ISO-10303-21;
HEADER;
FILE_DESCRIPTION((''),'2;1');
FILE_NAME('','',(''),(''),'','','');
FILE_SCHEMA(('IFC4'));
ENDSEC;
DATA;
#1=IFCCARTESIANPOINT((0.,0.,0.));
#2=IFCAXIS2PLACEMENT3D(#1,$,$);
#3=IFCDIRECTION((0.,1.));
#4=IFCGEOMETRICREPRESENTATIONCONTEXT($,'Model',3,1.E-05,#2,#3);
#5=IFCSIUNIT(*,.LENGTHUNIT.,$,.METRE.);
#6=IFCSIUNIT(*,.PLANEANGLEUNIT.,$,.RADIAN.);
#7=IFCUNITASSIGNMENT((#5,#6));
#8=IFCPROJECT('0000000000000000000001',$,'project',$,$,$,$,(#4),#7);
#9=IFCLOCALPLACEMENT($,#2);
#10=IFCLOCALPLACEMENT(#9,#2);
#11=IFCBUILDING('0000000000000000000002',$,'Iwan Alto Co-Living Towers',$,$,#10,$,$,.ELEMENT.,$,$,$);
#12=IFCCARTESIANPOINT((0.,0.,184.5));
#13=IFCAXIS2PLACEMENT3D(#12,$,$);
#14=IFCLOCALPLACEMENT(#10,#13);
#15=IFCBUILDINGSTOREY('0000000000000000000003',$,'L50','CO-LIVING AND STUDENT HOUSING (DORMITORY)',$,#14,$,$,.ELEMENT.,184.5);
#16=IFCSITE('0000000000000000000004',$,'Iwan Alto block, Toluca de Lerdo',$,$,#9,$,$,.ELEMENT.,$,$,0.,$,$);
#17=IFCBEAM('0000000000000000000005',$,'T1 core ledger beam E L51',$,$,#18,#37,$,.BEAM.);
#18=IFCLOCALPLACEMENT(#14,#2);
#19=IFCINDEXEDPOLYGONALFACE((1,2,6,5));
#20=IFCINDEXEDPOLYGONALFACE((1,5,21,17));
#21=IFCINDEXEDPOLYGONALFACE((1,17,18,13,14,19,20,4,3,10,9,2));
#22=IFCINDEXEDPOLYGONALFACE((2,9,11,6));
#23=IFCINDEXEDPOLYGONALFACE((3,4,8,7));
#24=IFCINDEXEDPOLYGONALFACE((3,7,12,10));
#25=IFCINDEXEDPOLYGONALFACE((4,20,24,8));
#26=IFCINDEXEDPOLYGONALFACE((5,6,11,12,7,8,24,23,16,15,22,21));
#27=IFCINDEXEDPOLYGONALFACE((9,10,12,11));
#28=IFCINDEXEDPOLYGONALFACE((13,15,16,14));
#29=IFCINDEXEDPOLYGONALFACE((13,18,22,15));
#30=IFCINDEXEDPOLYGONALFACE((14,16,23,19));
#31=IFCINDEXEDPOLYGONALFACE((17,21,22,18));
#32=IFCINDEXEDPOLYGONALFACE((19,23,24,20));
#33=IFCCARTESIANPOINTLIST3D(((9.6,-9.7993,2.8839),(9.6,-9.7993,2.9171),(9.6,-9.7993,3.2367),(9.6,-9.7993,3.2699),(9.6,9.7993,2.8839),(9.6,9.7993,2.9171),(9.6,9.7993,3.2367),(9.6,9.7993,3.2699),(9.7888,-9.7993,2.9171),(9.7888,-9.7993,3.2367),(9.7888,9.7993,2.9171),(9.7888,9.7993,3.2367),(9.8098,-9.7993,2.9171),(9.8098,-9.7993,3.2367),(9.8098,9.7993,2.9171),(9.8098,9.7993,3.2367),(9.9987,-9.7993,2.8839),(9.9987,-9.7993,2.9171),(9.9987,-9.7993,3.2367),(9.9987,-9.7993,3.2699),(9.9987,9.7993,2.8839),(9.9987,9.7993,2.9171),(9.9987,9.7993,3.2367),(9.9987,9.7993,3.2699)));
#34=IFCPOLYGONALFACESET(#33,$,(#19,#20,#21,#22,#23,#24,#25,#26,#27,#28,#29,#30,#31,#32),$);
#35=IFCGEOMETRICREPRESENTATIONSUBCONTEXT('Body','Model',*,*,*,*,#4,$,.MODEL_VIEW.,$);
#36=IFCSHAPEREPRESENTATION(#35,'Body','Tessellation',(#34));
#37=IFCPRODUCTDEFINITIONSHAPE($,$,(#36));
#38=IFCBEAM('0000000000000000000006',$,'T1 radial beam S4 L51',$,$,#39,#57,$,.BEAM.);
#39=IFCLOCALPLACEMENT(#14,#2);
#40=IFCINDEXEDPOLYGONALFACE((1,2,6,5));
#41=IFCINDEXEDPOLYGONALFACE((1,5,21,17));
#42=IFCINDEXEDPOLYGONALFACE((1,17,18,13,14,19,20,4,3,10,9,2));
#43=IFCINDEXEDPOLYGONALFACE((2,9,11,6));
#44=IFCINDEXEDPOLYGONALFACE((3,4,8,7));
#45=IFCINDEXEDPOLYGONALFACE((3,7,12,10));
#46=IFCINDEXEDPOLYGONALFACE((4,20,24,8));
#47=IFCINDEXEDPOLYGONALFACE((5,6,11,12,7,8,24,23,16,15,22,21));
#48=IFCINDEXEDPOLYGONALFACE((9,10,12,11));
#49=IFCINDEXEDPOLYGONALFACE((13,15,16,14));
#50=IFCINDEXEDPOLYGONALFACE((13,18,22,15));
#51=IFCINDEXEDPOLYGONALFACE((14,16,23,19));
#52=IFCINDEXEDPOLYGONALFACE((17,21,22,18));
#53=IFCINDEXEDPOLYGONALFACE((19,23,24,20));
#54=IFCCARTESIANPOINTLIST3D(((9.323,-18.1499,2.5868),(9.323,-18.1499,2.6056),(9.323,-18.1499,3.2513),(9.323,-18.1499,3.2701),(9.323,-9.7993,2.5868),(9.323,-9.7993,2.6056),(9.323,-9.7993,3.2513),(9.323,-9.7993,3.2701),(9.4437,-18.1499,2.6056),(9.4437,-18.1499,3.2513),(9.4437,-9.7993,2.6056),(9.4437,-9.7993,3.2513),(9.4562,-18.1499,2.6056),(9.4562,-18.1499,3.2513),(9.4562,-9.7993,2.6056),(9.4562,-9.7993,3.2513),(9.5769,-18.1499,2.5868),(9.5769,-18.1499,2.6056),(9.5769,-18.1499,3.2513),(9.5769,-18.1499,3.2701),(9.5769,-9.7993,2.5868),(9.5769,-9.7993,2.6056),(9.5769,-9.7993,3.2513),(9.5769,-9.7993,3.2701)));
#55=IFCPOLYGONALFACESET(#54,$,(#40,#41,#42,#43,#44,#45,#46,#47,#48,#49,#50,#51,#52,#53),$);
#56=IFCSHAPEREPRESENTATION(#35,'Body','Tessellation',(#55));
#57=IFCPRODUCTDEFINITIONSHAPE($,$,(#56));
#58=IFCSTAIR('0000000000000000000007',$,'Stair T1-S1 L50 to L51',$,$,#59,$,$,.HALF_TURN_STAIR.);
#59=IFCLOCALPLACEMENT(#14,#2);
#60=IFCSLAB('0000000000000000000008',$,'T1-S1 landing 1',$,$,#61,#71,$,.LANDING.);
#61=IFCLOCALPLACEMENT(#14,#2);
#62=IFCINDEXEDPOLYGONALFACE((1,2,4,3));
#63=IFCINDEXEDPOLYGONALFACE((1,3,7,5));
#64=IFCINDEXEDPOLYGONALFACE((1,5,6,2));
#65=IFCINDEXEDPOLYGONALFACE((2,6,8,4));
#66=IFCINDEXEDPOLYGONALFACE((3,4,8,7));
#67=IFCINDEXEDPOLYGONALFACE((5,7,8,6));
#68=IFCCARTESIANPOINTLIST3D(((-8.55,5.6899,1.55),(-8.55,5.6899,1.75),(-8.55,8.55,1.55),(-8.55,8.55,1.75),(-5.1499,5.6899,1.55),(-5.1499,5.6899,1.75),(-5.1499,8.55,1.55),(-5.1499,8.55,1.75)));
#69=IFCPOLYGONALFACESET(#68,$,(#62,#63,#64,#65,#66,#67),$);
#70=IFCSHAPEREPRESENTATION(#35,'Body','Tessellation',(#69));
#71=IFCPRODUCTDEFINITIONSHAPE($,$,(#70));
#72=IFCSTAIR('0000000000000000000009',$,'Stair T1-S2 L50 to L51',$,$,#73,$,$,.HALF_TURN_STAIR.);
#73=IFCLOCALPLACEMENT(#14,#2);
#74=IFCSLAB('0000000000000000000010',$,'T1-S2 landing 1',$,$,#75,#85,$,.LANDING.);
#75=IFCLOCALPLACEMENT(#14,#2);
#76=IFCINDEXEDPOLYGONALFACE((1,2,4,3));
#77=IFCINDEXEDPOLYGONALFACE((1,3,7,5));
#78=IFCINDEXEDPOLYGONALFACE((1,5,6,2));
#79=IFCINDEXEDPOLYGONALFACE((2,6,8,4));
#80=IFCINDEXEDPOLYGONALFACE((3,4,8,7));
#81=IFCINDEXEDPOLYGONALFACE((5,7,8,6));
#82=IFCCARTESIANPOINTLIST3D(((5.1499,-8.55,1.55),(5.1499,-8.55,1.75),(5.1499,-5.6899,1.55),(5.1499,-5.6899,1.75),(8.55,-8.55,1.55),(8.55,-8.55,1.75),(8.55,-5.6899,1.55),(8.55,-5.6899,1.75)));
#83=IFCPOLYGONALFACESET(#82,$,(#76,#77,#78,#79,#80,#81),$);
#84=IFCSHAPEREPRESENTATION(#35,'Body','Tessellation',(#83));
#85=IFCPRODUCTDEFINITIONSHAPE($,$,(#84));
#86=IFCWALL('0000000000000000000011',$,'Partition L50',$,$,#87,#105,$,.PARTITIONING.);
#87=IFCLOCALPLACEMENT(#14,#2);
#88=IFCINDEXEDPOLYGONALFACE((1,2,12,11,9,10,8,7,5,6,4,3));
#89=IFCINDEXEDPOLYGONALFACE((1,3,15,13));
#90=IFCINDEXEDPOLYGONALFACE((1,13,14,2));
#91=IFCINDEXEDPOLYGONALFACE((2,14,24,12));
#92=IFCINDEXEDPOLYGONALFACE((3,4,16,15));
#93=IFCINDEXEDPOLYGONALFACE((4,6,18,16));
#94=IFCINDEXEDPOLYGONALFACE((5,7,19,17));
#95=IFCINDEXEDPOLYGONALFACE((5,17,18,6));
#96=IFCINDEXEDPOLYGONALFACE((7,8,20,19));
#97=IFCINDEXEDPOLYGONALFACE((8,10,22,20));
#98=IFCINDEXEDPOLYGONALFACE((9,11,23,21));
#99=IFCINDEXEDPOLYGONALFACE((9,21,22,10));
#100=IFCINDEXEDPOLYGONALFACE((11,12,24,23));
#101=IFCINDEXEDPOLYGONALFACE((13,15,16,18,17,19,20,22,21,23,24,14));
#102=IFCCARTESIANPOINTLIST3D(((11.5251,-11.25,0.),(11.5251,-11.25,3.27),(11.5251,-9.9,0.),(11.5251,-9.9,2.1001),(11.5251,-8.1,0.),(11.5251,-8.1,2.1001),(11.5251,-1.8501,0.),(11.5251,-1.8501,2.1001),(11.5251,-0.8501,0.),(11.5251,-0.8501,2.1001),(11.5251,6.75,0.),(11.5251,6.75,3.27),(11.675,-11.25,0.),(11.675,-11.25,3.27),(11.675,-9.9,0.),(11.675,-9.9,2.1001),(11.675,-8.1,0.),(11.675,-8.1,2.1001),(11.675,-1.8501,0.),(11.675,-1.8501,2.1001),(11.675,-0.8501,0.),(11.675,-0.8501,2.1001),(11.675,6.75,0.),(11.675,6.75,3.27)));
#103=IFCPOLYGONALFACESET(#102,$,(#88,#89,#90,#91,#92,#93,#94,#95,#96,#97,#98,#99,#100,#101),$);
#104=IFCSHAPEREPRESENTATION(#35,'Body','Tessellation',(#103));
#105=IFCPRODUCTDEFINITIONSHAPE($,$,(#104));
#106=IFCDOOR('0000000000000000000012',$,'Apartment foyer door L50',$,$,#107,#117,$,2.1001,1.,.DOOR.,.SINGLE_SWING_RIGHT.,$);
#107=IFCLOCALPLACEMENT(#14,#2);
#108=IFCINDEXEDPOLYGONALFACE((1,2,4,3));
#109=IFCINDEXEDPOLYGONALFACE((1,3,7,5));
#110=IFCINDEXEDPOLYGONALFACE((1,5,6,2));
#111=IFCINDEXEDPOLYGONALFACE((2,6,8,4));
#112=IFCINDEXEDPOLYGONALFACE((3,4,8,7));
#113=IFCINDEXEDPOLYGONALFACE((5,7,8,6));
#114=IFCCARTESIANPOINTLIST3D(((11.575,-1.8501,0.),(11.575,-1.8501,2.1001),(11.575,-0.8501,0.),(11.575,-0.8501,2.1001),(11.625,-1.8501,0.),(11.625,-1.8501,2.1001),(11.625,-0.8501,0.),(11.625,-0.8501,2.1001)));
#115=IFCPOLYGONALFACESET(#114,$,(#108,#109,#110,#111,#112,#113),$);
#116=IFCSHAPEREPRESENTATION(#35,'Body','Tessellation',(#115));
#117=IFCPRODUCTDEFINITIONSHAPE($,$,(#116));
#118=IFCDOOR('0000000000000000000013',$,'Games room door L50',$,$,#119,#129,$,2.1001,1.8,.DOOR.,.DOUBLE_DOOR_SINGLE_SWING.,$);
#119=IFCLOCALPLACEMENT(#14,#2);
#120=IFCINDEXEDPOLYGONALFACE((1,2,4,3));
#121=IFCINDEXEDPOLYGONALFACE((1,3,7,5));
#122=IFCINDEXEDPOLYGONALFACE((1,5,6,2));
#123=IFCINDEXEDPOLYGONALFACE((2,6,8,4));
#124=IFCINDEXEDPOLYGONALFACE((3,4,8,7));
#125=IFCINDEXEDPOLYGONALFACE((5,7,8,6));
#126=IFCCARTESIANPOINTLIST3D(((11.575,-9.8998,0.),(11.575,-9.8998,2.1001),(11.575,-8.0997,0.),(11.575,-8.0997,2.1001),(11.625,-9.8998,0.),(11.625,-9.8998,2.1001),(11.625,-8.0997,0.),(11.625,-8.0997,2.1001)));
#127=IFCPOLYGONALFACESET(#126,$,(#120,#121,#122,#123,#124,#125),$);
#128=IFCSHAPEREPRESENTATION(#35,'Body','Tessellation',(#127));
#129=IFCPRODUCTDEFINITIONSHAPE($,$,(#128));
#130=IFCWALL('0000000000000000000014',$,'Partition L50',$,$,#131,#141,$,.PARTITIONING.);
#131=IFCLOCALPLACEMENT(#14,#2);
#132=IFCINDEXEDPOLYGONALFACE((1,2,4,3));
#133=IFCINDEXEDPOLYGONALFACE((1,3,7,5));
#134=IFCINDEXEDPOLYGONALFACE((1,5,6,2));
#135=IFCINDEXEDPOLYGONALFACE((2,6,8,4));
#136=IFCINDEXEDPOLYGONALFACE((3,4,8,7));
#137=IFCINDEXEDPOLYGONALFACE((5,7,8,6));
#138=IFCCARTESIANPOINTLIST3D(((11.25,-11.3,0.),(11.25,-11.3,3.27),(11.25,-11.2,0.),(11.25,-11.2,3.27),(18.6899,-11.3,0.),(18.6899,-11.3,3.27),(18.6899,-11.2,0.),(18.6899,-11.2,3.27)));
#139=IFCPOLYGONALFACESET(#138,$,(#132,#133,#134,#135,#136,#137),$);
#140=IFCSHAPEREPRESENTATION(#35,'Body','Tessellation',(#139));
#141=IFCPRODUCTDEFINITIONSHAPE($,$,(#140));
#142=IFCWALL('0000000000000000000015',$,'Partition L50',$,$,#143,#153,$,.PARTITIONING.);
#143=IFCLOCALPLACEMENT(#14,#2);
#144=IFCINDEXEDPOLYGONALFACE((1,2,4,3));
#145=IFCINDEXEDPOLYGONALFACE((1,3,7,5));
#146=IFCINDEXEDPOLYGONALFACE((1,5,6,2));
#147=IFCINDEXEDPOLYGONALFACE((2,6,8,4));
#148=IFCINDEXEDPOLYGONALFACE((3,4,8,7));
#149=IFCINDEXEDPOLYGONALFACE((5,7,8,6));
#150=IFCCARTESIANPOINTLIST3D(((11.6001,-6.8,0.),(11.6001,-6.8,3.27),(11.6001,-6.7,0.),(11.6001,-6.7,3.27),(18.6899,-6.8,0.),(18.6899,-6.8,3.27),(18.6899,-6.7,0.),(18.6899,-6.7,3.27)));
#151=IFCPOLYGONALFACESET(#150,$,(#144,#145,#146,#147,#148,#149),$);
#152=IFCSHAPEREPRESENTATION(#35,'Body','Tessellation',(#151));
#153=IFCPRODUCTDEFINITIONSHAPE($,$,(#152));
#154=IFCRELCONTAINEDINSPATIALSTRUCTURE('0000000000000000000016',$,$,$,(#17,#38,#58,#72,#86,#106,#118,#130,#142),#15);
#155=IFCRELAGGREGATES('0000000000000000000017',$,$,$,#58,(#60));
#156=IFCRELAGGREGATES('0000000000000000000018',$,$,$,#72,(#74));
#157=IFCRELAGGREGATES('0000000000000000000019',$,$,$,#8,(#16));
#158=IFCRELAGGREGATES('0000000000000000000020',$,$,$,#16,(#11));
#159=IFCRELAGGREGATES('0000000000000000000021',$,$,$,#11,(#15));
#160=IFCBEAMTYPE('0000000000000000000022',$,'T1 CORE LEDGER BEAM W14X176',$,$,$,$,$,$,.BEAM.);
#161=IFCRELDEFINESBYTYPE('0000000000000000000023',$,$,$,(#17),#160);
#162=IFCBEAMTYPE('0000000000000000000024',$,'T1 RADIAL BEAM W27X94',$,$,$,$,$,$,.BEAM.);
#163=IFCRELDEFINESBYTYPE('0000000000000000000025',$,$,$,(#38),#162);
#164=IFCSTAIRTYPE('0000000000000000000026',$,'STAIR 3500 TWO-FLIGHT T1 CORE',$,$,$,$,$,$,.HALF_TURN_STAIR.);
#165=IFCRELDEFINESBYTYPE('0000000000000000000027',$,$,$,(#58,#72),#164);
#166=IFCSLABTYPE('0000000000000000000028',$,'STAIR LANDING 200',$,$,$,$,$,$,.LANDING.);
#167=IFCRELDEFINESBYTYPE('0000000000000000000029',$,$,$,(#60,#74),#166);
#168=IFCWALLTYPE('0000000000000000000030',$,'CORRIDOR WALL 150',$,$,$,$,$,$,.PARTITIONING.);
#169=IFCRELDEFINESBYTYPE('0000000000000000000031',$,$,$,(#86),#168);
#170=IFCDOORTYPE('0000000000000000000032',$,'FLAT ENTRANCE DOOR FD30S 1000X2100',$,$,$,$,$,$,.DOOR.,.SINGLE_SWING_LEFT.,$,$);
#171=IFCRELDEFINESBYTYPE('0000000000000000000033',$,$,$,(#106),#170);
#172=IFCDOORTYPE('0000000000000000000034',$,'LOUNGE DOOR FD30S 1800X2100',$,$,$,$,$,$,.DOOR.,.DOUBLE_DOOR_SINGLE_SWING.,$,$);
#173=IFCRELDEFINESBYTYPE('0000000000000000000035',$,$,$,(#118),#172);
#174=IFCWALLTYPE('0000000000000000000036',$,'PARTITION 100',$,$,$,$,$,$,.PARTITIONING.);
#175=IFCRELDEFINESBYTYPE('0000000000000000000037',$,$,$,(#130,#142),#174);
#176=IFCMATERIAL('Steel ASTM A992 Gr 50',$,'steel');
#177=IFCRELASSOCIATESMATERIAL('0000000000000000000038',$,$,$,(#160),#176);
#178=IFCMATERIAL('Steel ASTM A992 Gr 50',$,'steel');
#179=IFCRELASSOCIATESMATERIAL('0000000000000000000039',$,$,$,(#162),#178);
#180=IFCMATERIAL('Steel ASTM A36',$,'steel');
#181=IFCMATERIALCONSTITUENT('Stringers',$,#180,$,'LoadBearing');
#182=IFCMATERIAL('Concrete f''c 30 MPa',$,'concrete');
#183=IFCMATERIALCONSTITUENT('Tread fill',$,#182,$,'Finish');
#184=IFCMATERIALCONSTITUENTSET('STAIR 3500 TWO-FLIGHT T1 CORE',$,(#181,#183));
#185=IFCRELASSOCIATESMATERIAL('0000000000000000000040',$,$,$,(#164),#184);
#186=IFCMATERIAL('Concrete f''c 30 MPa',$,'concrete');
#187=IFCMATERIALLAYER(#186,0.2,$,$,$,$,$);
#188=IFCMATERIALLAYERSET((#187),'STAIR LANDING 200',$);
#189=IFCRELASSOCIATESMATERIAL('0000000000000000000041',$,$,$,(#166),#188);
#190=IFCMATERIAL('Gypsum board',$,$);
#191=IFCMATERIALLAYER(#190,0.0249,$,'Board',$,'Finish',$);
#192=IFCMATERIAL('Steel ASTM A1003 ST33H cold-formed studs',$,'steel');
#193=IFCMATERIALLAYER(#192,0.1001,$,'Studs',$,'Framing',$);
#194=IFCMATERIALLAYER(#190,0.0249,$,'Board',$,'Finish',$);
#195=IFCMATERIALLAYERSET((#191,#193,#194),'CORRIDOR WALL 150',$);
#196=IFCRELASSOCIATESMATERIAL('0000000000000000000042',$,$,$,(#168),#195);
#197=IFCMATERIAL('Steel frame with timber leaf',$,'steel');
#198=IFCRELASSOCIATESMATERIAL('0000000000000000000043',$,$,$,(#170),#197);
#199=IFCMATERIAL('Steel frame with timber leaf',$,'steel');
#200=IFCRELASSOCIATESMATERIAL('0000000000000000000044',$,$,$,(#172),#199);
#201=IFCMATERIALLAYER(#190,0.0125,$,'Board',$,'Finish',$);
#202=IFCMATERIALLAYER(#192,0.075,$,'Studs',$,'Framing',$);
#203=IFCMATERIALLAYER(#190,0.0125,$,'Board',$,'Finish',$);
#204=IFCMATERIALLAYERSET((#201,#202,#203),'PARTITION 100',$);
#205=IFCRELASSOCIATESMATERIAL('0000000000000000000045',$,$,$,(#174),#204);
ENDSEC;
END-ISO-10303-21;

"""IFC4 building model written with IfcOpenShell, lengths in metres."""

from ifc_helpers import new_model, si_unit, direction, frame, frame_2d, origin, origin_2d, place, context, subcontext, project, spatial, polyline, rectangle, i_section, outline, extrude, material, layer, layer_set, constituent, constituent_set, material_profile, profile_set, type_object, element, fill, aggregate, save


model = new_model("IFC4")

# Units and contexts
model_context = context("Model", 3, precision=1e-05, world=origin(), true_north=direction((0.0, 1.0)))
body_context = subcontext(model_context, "Body", "Model", "MODEL_VIEW")
ifc_project = project(units=[si_unit("LENGTHUNIT", "METRE"), si_unit("PLANEANGLEUNIT", "RADIAN")], contexts=[model_context])

# Site, building, storey
site_placement = place(None, origin())
site = spatial("IfcSite", under=ifc_project, at=site_placement, Name="Iwan Alto block, Toluca de Lerdo", CompositionType="ELEMENT", RefElevation=0.0)
building_placement = place(site_placement, origin())
building = spatial("IfcBuilding", under=site, at=building_placement, Name="Iwan Alto Co-Living Towers", CompositionType="ELEMENT")
storey_placement = place(building_placement, frame((0.0, 0.0, 184.5)))
storey = spatial("IfcBuildingStorey", under=building, at=storey_placement, Name="L50", Description="CO-LIVING AND STUDENT HOUSING (DORMITORY)", CompositionType="ELEMENT", Elevation=184.5)

# Beams
ifc_material_1 = material(Name="Steel ASTM A992 Gr 50", Category="steel")
ifc_material_profile_1 = material_profile(ifc_material_1, i_section(OverallWidth=0.3987, OverallDepth=0.386, WebThickness=0.021, FlangeThickness=0.0332, at=origin_2d()), Name="W14X176")
ifc_profile_set_1 = profile_set([ifc_material_profile_1], Name="Steel ASTM A992 Gr 50")
beam_type_1 = type_object("IfcBeamType", Name="T1 CORE LEDGER BEAM W14X176", PredefinedType="BEAM", material=ifc_profile_set_1)
beam_1_placement = place(storey_placement, frame((9.7993, -9.7993, 3.0769), z_axis=(0.0, 1.0, 0.0), x_axis=(-1.0, 0.0, 0.0)))
element("IfcBeam", 1, at=beam_1_placement, inside=storey, type_object=beam_type_1, Name="T1 core ledger beam E L51", PredefinedType="BEAM", context=body_context, shape_type="SweptSolid", body=[
    extrude(i_section(OverallWidth=0.3987, OverallDepth=0.386, WebThickness=0.021, FlangeThickness=0.0332, at=origin_2d()), origin(), (0.0, 0.0, 1.0), 19.5986),
])
ifc_material_2 = material(Name="Steel ASTM A992 Gr 50", Category="steel")
ifc_material_profile_2 = material_profile(ifc_material_2, i_section(OverallWidth=0.2539, OverallDepth=0.6833, WebThickness=0.0125, FlangeThickness=0.0188, at=origin_2d()), Name="W27X94")
ifc_profile_set_2 = profile_set([ifc_material_profile_2], Name="Steel ASTM A992 Gr 50")
beam_type_2 = type_object("IfcBeamType", Name="T1 RADIAL BEAM W27X94", PredefinedType="BEAM", material=ifc_profile_set_2)
beam_2_placement = place(storey_placement, frame((9.45, -18.1499, 2.9285), z_axis=(0.0, 1.0, 0.0), x_axis=(-1.0, 0.0, 0.0)))
element("IfcBeam", 2, at=beam_2_placement, inside=storey, type_object=beam_type_2, Name="T1 radial beam S4 L51", PredefinedType="BEAM", context=body_context, shape_type="SweptSolid", body=[
    extrude(i_section(OverallWidth=0.2539, OverallDepth=0.6833, WebThickness=0.0125, FlangeThickness=0.0188, at=origin_2d()), origin(), (0.0, 0.0, 1.0), 8.3506),
])

# Stairs, slabs
ifc_material_3 = material(Name="Steel ASTM A36", Category="steel")
ifc_constituent_1 = constituent(ifc_material_3, Name="Stringers", Category="LoadBearing")
ifc_material_4 = material(Name="Concrete f'c 30 MPa", Category="concrete")
ifc_constituent_2 = constituent(ifc_material_4, Name="Tread fill", Category="Finish")
ifc_constituent_set_1 = constituent_set(constituents=[ifc_constituent_1, ifc_constituent_2], Name="STAIR 3500 TWO-FLIGHT T1 CORE")
stair_type = type_object("IfcStairType", Name="STAIR 3500 TWO-FLIGHT T1 CORE", PredefinedType="HALF_TURN_STAIR", material=ifc_constituent_set_1)
stair_1_placement = place(storey_placement, origin())
stair_1 = element("IfcStair", 3, at=stair_1_placement, inside=storey, type_object=stair_type, Name="Stair T1-S1 L50 to L51", PredefinedType="HALF_TURN_STAIR")
ifc_material_5 = material(Name="Concrete f'c 30 MPa", Category="concrete")
ifc_layer_1 = layer(ifc_material_5, 0.2)
ifc_layer_set_1 = layer_set([ifc_layer_1], Name="STAIR LANDING 200")
slab_type = type_object("IfcSlabType", Name="STAIR LANDING 200", PredefinedType="LANDING", material=ifc_layer_set_1)
slab_1_placement = place(storey_placement, frame((0.0, 0.0, 1.55)))
slab_1 = element("IfcSlab", 4, at=slab_1_placement, type_object=slab_type, Name="T1-S1 landing 1", PredefinedType="LANDING", context=body_context, shape_type="SweptSolid", body=[
    extrude(outline(polyline([(-8.55, 5.6899), (-8.55, 8.55), (-5.1499, 8.55), (-5.1499, 5.6899), (-8.55, 5.6899)])), origin(), (0.0, 0.0, 1.0), 0.2),
])
aggregate(stair_1, [slab_1])
stair_2_placement = place(storey_placement, origin())
stair_2 = element("IfcStair", 5, at=stair_2_placement, inside=storey, type_object=stair_type, Name="Stair T1-S2 L50 to L51", PredefinedType="HALF_TURN_STAIR")
slab_2_placement = place(storey_placement, frame((0.0, 0.0, 1.55)))
slab_2 = element("IfcSlab", 6, at=slab_2_placement, type_object=slab_type, Name="T1-S2 landing 1", PredefinedType="LANDING", context=body_context, shape_type="SweptSolid", body=[
    extrude(outline(polyline([(5.1499, -5.6899), (5.1499, -8.55), (8.55, -8.55), (8.55, -5.6899), (5.1499, -5.6899)])), origin(), (0.0, 0.0, 1.0), 0.2),
])

# Wall, openings, doors
ifc_material_6 = material(Name="Gypsum board")
ifc_layer_2 = layer(ifc_material_6, 0.0249, Name="Board", Category="Finish")
ifc_material_7 = material(Name="Steel ASTM A1003 ST33H cold-formed studs", Category="steel")
ifc_layer_3 = layer(ifc_material_7, 0.1001, Name="Studs", Category="Framing")
ifc_layer_4 = layer(ifc_material_6, 0.0249, Name="Board", Category="Finish")
ifc_layer_set_2 = layer_set([ifc_layer_2, ifc_layer_3, ifc_layer_4], Name="CORRIDOR WALL 150")
wall_type_1 = type_object("IfcWallType", Name="CORRIDOR WALL 150", PredefinedType="PARTITIONING", material=ifc_layer_set_2)
wall_1_placement = place(storey_placement, frame((11.6001, -11.25, 0.0), z_axis=(0.0, 0.0, 1.0), x_axis=(0.0, 1.0, 0.0)))
wall_1 = element("IfcWall", 7, at=wall_1_placement, inside=storey, type_object=wall_type_1, Name="Partition L50", PredefinedType="PARTITIONING", context=body_context, shape_type="SweptSolid", body=[
    extrude(rectangle(XDim=18.0, YDim=0.1499, at=frame_2d((9.0, 0.0))), origin(), (0.0, 0.0, 1.0), 3.27),
])
opening_1_placement = place(wall_1_placement, frame((1.3501, 0.0, 0.0)))
opening_1 = element("IfcOpeningElement", 8, at=opening_1_placement, cuts=wall_1, PredefinedType="OPENING", context=body_context, shape_type="SweptSolid", body=[
    extrude(rectangle(XDim=1.8, YDim=2.1001, at=frame_2d((0.8999, 1.05))), frame((0.0, 0.085, 0.0), z_axis=(0.0, -1.0, 0.0), x_axis=(1.0, 0.0, 0.0)), (0.0, 0.0, 1.0), 0.1699),
])
opening_2_placement = place(wall_1_placement, frame((9.3999, 0.0, 0.0)))
opening_2 = element("IfcOpeningElement", 9, at=opening_2_placement, cuts=wall_1, PredefinedType="OPENING", context=body_context, shape_type="SweptSolid", body=[
    extrude(rectangle(XDim=1.0, YDim=2.1001, at=frame_2d((0.5, 1.05))), frame((0.0, 0.085, 0.0), z_axis=(0.0, -1.0, 0.0), x_axis=(1.0, 0.0, 0.0)), (0.0, 0.0, 1.0), 0.1699),
])
ifc_material_8 = material(Name="Steel frame with timber leaf", Category="steel")
door_type_1 = type_object("IfcDoorType", Name="FLAT ENTRANCE DOOR FD30S 1000X2100", OperationType="SINGLE_SWING_LEFT", PredefinedType="DOOR", material=ifc_material_8)
door_1_placement = place(opening_2_placement, frame((1.0, 0.0, 0.0), z_axis=(0.0, 0.0, 1.0), x_axis=(-1.0, 0.0, 0.0)))
door_1 = element("IfcDoor", 10, at=door_1_placement, inside=storey, type_object=door_type_1, Name="Apartment foyer door L50", OperationType="SINGLE_SWING_RIGHT", OverallHeight=2.1001, OverallWidth=1.0, PredefinedType="DOOR", context=body_context, shape_type="SweptSolid", body=[
    extrude(rectangle(XDim=1.0, YDim=2.1001, at=frame_2d((0.5, 1.05))), frame((0.0, 0.0249, 0.0), z_axis=(0.0, -1.0, 0.0), x_axis=(1.0, 0.0, 0.0)), (0.0, 0.0, 1.0), 0.05),
])
fill(opening_2, door_1)
ifc_material_9 = material(Name="Steel frame with timber leaf", Category="steel")
door_type_2 = type_object("IfcDoorType", Name="LOUNGE DOOR FD30S 1800X2100", OperationType="DOUBLE_DOOR_SINGLE_SWING", PredefinedType="DOOR", material=ifc_material_9)
door_2_placement = place(opening_1_placement, frame((1.8, 0.0, 0.0), z_axis=(0.0, 0.0, 1.0), x_axis=(-1.0, 0.0, 0.0)))
door_2 = element("IfcDoor", 11, at=door_2_placement, inside=storey, type_object=door_type_2, Name="Games room door L50", OperationType="DOUBLE_DOOR_SINGLE_SWING", OverallHeight=2.1001, OverallWidth=1.8, PredefinedType="DOOR", context=body_context, shape_type="SweptSolid", body=[
    extrude(rectangle(XDim=1.8, YDim=2.1001, at=frame_2d((0.8999, 1.05))), frame((0.0, 0.0249, 0.0), z_axis=(0.0, -1.0, 0.0), x_axis=(1.0, 0.0, 0.0)), (0.0, 0.0, 1.0), 0.05),
])
fill(opening_1, door_2)

# Walls
ifc_layer_5 = layer(ifc_material_6, 0.0125, Name="Board", Category="Finish")
ifc_layer_6 = layer(ifc_material_7, 0.075, Name="Studs", Category="Framing")
ifc_layer_7 = layer(ifc_material_6, 0.0125, Name="Board", Category="Finish")
ifc_layer_set_3 = layer_set([ifc_layer_5, ifc_layer_6, ifc_layer_7], Name="PARTITION 100")
wall_type_2 = type_object("IfcWallType", Name="PARTITION 100", PredefinedType="PARTITIONING", material=ifc_layer_set_3)
wall_2_placement = place(storey_placement, frame((11.25, -11.25, 0.0), z_axis=(0.0, 0.0, 1.0), x_axis=(1.0, 0.0, 0.0)))
element("IfcWall", 12, at=wall_2_placement, inside=storey, type_object=wall_type_2, Name="Partition L50", PredefinedType="PARTITIONING", context=body_context, shape_type="SweptSolid", body=[
    extrude(rectangle(XDim=7.4399, YDim=0.1001, at=frame_2d((3.72, 0.0))), origin(), (0.0, 0.0, 1.0), 3.27),
])
wall_3_placement = place(storey_placement, frame((11.6001, -6.75, 0.0), z_axis=(0.0, 0.0, 1.0), x_axis=(1.0, 0.0, 0.0)))
element("IfcWall", 13, at=wall_3_placement, inside=storey, type_object=wall_type_2, Name="Partition L50", PredefinedType="PARTITIONING", context=body_context, shape_type="SweptSolid", body=[
    extrude(rectangle(XDim=7.0898, YDim=0.1001, at=frame_2d((3.5449, 0.0))), origin(), (0.0, 0.0, 1.0), 3.27),
])

aggregate(stair_2, [slab_2])

save(model, "model.ifc")
